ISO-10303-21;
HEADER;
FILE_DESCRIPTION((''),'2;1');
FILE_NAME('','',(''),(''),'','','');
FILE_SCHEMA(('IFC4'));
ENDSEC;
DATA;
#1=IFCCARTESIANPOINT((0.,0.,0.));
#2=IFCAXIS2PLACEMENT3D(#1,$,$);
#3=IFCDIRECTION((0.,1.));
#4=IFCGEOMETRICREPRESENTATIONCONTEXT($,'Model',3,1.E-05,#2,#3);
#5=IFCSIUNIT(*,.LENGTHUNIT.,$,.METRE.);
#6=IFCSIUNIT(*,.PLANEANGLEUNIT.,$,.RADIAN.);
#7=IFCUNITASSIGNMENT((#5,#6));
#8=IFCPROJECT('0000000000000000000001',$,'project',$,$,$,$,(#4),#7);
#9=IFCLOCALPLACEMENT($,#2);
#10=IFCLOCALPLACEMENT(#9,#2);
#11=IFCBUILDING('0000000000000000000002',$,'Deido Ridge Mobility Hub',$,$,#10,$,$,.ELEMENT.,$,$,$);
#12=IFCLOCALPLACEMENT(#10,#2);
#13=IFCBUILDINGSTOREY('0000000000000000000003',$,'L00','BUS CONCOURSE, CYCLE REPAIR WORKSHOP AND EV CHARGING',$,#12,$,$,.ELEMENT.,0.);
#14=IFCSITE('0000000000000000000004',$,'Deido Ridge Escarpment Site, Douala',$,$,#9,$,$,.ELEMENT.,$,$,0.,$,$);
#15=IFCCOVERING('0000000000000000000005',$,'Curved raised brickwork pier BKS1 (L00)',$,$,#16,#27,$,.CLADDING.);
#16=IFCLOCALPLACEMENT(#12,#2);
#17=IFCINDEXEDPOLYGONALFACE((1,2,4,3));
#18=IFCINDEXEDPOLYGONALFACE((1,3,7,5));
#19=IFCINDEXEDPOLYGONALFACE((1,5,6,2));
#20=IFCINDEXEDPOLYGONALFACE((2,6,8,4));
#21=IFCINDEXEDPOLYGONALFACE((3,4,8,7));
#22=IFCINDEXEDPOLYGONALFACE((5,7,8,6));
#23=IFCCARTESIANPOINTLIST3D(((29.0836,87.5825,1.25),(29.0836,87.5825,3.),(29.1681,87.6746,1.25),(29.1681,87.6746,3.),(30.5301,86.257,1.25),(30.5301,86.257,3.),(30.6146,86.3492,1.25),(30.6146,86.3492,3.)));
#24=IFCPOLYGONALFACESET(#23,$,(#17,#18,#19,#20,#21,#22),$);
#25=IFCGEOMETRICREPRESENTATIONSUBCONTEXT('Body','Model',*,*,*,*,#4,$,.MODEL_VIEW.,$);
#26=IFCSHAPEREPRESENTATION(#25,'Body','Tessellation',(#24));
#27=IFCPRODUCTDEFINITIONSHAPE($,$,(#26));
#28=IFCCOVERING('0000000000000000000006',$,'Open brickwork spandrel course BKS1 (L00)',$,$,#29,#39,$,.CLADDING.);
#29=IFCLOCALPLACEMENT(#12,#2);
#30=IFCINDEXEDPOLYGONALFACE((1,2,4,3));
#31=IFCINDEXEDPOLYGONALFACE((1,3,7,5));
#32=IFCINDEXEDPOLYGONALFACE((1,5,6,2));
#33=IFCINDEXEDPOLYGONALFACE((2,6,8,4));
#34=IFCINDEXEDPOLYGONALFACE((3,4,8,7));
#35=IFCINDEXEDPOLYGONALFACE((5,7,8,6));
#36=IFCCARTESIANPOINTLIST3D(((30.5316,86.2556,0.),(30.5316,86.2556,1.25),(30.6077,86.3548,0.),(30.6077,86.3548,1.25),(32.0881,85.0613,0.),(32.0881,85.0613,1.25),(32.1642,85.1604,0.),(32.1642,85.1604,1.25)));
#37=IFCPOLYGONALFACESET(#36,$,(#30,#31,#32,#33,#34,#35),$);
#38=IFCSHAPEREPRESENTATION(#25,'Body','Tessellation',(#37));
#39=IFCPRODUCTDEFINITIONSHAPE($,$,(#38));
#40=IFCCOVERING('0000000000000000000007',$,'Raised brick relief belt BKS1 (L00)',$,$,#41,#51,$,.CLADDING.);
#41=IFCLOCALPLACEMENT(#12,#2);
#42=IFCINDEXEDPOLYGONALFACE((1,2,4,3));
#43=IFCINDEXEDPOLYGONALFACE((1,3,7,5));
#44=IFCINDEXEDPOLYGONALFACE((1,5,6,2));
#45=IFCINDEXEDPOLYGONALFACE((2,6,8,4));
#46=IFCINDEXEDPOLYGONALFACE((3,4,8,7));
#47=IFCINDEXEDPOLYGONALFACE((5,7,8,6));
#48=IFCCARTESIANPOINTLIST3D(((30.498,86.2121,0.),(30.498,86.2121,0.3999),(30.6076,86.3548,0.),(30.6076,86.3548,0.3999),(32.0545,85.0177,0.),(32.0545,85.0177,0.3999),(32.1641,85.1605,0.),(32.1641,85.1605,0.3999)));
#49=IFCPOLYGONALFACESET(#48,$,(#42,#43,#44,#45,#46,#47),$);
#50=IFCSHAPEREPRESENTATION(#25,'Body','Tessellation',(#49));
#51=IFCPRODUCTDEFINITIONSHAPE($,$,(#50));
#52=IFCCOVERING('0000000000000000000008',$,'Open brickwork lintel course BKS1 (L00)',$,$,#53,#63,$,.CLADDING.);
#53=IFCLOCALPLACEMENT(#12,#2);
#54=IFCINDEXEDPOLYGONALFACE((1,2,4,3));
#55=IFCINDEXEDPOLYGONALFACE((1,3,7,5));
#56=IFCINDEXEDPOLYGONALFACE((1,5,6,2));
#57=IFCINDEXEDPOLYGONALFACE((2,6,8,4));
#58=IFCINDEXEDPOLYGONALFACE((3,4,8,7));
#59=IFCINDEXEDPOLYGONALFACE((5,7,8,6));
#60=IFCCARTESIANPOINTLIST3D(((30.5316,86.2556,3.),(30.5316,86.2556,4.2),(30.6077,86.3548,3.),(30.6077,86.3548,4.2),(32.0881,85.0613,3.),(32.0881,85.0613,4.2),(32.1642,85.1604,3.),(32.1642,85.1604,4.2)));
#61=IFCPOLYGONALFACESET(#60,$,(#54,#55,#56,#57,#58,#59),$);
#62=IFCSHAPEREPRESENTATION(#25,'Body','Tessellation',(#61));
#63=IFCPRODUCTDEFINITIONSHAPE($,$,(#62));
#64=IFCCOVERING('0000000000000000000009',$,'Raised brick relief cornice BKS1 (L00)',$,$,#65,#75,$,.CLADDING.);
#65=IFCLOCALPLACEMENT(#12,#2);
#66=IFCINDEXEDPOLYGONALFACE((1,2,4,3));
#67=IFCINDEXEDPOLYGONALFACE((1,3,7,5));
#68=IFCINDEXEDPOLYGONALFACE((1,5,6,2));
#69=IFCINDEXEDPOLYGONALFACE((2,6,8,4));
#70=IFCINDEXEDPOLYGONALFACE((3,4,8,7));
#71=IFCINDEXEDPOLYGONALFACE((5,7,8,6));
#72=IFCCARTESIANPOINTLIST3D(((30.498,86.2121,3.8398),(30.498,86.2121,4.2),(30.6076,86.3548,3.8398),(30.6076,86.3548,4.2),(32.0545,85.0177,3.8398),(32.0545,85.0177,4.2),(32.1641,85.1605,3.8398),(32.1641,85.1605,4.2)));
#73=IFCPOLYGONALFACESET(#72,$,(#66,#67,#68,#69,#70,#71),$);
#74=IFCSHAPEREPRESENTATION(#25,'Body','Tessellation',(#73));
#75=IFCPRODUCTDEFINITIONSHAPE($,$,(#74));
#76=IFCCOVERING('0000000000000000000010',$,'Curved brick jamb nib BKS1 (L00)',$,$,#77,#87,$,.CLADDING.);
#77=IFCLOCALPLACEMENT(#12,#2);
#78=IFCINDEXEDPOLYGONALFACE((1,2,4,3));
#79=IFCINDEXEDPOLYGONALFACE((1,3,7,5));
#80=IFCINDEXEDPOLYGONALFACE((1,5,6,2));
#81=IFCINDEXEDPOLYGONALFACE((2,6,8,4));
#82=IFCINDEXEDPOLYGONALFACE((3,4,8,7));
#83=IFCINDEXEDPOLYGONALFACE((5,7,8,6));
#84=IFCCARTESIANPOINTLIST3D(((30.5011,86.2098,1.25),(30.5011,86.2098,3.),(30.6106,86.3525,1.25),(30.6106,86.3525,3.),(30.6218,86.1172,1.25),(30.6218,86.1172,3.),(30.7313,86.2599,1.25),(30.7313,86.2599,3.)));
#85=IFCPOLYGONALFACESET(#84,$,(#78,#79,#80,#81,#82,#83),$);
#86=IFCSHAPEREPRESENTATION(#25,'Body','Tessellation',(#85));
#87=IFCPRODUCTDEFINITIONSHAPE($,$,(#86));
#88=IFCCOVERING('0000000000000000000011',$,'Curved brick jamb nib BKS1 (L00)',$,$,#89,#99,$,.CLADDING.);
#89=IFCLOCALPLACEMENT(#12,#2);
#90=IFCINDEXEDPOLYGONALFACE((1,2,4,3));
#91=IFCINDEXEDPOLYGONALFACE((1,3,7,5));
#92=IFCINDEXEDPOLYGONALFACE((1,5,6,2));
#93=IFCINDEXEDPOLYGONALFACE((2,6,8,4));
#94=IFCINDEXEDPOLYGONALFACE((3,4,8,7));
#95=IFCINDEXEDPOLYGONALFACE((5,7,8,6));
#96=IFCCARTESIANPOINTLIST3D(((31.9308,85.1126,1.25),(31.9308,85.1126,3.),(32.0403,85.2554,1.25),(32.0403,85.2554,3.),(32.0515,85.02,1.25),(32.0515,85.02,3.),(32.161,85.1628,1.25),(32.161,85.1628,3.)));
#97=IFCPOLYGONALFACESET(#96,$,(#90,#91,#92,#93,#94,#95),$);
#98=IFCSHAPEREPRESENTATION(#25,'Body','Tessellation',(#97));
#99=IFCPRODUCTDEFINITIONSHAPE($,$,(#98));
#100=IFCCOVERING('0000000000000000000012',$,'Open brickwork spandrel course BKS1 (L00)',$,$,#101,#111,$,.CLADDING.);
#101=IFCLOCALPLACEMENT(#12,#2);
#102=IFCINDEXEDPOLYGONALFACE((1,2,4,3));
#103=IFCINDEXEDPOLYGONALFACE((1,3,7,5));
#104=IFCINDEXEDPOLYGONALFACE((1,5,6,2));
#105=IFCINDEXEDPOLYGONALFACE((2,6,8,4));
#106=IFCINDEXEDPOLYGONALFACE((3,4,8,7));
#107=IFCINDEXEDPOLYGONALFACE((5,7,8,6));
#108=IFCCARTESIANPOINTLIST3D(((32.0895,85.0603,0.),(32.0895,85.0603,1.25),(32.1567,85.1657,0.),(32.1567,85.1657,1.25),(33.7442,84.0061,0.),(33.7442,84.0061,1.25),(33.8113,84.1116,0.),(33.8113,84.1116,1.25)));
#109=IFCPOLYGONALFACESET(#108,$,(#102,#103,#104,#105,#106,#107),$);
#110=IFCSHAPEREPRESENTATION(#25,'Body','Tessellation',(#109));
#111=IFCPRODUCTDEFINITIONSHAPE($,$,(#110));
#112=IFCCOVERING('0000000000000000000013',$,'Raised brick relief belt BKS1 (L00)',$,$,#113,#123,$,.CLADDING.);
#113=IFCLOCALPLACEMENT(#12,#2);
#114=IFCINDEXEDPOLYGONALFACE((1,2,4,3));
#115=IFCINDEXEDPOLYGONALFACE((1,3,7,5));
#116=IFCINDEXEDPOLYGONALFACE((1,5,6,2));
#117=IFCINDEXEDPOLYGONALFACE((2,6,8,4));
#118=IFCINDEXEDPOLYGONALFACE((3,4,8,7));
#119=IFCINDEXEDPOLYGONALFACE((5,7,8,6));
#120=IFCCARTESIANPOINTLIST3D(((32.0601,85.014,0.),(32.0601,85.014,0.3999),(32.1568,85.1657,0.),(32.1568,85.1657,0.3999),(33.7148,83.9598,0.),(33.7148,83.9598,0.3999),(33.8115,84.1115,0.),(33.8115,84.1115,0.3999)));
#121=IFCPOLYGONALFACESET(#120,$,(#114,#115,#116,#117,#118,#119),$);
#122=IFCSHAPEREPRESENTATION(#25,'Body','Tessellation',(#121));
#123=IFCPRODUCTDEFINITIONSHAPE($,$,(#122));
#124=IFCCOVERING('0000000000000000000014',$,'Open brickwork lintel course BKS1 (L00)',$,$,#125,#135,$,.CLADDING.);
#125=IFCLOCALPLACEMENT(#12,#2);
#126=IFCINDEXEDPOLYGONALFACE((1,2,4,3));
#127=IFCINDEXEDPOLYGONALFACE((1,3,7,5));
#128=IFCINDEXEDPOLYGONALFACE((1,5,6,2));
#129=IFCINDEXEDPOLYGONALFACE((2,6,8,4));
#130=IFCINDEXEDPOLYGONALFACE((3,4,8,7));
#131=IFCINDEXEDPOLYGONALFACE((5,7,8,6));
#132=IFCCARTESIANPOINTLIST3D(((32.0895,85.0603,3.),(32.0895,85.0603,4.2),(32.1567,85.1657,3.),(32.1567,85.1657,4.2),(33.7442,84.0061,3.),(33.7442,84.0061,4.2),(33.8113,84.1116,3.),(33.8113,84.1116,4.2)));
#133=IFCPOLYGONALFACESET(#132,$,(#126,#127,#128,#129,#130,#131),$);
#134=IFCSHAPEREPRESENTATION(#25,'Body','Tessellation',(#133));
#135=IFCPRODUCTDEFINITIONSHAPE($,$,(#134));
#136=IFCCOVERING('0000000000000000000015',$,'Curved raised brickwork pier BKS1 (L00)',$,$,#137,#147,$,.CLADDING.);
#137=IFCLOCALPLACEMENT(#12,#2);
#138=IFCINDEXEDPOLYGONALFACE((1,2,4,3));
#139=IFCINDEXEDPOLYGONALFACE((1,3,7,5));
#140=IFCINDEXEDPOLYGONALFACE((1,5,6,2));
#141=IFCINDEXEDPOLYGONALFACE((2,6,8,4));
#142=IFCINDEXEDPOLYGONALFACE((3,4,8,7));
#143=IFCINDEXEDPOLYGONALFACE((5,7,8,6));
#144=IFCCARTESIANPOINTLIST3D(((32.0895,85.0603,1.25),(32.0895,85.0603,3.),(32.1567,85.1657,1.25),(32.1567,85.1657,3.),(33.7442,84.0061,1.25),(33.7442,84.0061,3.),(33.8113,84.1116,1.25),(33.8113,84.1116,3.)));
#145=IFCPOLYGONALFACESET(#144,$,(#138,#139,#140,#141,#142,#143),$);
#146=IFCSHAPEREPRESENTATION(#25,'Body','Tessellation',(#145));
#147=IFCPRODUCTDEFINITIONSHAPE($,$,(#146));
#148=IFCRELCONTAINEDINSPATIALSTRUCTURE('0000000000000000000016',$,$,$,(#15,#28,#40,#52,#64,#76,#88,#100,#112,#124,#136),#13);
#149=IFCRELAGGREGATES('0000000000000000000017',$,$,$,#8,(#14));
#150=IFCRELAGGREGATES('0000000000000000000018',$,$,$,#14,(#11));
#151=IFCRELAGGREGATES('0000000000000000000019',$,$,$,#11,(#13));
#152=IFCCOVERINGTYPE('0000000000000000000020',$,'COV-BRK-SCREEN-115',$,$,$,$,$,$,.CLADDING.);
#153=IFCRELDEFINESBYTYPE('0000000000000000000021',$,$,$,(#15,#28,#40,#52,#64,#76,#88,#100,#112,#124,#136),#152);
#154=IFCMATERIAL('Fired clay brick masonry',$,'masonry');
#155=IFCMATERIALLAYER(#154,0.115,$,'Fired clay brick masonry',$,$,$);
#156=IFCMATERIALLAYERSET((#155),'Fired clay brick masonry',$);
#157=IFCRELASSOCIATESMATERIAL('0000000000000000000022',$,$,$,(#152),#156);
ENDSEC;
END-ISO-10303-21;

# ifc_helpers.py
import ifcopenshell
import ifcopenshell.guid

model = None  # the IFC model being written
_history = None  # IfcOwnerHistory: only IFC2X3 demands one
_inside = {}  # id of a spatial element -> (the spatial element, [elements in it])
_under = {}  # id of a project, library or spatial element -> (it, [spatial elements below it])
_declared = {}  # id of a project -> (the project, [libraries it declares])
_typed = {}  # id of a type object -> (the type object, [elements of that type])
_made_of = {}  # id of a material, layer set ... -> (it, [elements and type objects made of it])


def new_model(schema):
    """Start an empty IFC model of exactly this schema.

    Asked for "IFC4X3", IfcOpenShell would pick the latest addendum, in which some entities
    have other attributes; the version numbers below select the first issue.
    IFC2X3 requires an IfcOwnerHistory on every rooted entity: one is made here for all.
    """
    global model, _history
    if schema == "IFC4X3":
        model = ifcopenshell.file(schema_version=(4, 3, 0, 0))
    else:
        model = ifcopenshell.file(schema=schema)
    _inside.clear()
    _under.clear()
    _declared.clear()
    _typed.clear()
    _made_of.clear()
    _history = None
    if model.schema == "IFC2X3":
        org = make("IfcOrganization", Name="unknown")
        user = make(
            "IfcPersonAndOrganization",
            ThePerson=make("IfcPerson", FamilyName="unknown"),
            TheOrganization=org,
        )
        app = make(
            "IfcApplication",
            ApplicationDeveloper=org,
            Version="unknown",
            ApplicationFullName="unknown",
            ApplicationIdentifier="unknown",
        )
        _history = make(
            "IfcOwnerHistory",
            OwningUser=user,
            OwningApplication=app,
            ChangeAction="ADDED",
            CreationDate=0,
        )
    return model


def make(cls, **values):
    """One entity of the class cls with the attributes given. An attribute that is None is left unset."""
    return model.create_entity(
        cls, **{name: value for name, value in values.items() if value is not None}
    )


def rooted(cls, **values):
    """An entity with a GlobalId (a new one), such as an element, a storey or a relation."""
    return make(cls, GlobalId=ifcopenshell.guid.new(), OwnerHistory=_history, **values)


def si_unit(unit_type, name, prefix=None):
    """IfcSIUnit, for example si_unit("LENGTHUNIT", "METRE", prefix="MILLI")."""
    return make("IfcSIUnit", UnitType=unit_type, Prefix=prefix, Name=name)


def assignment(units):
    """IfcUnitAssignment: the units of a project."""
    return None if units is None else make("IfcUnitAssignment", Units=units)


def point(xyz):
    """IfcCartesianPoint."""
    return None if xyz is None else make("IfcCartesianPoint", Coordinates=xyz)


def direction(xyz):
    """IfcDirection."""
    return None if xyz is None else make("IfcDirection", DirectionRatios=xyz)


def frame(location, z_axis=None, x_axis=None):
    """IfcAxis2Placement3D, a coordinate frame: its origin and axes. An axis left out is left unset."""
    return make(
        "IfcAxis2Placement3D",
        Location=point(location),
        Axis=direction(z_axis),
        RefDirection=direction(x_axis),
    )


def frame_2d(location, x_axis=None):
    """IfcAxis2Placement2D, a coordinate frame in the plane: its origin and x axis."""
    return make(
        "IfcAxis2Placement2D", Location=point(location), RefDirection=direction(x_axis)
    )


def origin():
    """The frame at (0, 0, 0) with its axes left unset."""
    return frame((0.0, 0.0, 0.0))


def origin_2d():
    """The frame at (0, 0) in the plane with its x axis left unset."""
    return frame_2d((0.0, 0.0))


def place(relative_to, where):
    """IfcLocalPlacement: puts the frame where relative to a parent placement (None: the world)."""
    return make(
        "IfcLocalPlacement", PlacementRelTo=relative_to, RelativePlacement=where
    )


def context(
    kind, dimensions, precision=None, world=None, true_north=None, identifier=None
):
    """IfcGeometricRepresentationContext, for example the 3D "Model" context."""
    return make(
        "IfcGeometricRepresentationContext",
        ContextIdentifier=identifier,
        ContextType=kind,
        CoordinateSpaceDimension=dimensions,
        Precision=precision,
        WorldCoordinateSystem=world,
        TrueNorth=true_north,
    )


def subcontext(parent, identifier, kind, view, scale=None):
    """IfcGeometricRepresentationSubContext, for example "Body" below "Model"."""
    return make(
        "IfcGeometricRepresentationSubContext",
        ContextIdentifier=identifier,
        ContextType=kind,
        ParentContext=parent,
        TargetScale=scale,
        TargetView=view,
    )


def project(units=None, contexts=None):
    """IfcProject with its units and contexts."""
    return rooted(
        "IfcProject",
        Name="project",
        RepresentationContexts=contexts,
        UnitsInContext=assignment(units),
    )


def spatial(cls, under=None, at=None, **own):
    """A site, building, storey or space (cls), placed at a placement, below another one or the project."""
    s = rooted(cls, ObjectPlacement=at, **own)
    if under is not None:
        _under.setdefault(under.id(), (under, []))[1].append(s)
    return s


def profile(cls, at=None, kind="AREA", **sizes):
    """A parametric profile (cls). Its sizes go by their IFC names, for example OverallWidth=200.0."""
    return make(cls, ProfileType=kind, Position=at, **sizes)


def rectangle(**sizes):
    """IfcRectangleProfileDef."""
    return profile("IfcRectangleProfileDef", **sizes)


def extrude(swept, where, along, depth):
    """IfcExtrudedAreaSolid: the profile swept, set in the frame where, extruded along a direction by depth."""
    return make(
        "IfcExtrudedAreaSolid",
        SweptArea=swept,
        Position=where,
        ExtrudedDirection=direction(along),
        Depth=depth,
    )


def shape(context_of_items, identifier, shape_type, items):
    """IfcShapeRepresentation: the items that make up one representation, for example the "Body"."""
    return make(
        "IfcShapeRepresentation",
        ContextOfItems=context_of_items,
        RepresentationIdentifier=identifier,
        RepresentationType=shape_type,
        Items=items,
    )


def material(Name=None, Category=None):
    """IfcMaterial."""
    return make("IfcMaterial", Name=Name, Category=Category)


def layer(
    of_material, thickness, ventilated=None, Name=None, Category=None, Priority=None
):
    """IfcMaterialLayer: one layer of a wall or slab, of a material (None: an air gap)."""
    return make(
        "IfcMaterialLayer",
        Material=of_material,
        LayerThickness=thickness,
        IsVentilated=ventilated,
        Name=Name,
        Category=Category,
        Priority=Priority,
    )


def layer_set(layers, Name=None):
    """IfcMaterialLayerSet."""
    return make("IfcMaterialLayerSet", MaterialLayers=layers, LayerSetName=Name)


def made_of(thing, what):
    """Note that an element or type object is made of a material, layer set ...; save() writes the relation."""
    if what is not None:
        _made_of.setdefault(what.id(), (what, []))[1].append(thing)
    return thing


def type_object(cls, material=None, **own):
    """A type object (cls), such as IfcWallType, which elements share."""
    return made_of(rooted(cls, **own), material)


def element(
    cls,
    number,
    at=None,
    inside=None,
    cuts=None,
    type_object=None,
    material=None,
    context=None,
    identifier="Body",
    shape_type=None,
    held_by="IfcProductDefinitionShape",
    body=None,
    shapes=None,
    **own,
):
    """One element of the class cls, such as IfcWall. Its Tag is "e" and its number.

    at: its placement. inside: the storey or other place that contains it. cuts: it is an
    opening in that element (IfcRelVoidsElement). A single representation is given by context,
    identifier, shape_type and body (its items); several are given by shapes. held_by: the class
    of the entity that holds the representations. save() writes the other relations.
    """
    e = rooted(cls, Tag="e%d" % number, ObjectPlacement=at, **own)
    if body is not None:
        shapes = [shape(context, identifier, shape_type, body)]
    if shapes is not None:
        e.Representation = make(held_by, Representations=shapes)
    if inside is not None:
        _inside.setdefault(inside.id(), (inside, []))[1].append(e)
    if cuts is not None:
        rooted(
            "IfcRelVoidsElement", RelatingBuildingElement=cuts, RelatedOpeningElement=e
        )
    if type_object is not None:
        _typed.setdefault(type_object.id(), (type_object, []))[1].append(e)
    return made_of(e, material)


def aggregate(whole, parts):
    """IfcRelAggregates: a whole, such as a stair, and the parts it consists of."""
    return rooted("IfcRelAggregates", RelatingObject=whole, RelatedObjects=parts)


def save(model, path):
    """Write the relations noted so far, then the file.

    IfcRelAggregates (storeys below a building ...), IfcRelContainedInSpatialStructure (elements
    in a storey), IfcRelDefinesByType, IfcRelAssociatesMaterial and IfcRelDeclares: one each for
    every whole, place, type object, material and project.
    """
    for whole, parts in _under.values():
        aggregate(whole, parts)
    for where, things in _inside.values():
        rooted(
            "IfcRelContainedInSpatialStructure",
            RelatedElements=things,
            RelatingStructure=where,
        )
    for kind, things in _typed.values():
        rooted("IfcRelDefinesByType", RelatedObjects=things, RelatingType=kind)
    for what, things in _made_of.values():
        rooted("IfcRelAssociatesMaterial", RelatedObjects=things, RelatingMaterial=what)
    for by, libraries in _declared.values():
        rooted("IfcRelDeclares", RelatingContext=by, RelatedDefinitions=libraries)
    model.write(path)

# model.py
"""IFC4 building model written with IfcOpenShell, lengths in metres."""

from ifc_helpers import new_model, si_unit, direction, frame, origin, origin_2d, place, context, subcontext, project, spatial, rectangle, extrude, material, layer, layer_set, type_object, element, save


model = new_model("IFC4")

# Units and contexts
model_context = context("Model", 3, precision=1e-05, world=origin(), true_north=direction((0.0, 1.0)))
body_context = subcontext(model_context, "Body", "Model", "MODEL_VIEW")
ifc_project = project(units=[si_unit("LENGTHUNIT", "METRE"), si_unit("PLANEANGLEUNIT", "RADIAN")], contexts=[model_context])

# Site, building, storey
site_placement = place(None, origin())
site = spatial("IfcSite", under=ifc_project, at=site_placement, Name="Deido Ridge Escarpment Site, Douala", CompositionType="ELEMENT", RefElevation=0.0)
building_placement = place(site_placement, origin())
building = spatial("IfcBuilding", under=site, at=building_placement, Name="Deido Ridge Mobility Hub", CompositionType="ELEMENT")
storey_placement = place(building_placement, origin())
storey = spatial("IfcBuildingStorey", under=building, at=storey_placement, Name="L00", Description="BUS CONCOURSE, CYCLE REPAIR WORKSHOP AND EV CHARGING", CompositionType="ELEMENT", Elevation=0.0)

# Coverings
ifc_material_1 = material(Name="Fired clay brick masonry", Category="masonry")
ifc_layer_1 = layer(ifc_material_1, 0.115, Name="Fired clay brick masonry")
ifc_layer_set_1 = layer_set([ifc_layer_1], Name="Fired clay brick masonry")
covering_type = type_object("IfcCoveringType", Name="COV-BRK-SCREEN-115", PredefinedType="CLADDING", material=ifc_layer_set_1)
covering_1_placement = place(storey_placement, frame((29.8491, 86.9658, 1.25), z_axis=(0.0, 0.0, 1.0), x_axis=(0.737289, -0.675577, 0.0)))
element("IfcCovering", 1, at=covering_1_placement, inside=storey, type_object=covering_type, Name="Curved raised brickwork pier BKS1 (L00)", PredefinedType="CLADDING", context=body_context, shape_type="SweptSolid", body=[
    extrude(rectangle(XDim=1.9619, YDim=0.125, at=origin_2d()), origin(), (0.0, 0.0, 1.0), 1.75),
])
covering_2_placement = place(storey_placement, frame((31.3479, 85.708, 0.0), z_axis=(0.0, 0.0, 1.0), x_axis=(0.793353, -0.608761, 0.0)))
element("IfcCovering", 2, at=covering_2_placement, inside=storey, type_object=covering_type, Name="Open brickwork spandrel course BKS1 (L00)", PredefinedType="CLADDING", context=body_context, shape_type="SweptSolid", body=[
    extrude(rectangle(XDim=1.9619, YDim=0.125, at=origin_2d()), origin(), (0.0, 0.0, 1.0), 1.25),
])
covering_3_placement = place(storey_placement, frame((31.3311, 85.6863, 0.0), z_axis=(0.0, 0.0, 1.0), x_axis=(0.793353, -0.608761, 0.0)))
element("IfcCovering", 3, at=covering_3_placement, inside=storey, type_object=covering_type, Name="Raised brick relief belt BKS1 (L00)", PredefinedType="CLADDING", context=body_context, shape_type="SweptSolid", body=[
    extrude(rectangle(XDim=1.9619, YDim=0.1799, at=origin_2d()), origin(), (0.0, 0.0, 1.0), 0.3999),
])
covering_4_placement = place(storey_placement, frame((31.3479, 85.708, 3.0), z_axis=(0.0, 0.0, 1.0), x_axis=(0.793353, -0.608761, 0.0)))
element("IfcCovering", 4, at=covering_4_placement, inside=storey, type_object=covering_type, Name="Open brickwork lintel course BKS1 (L00)", PredefinedType="CLADDING", context=body_context, shape_type="SweptSolid", body=[
    extrude(rectangle(XDim=1.9619, YDim=0.125, at=origin_2d()), origin(), (0.0, 0.0, 1.0), 1.2),
])
covering_5_placement = place(storey_placement, frame((31.3311, 85.6863, 3.8398), z_axis=(0.0, 0.0, 1.0), x_axis=(0.793353, -0.608761, 0.0)))
element("IfcCovering", 5, at=covering_5_placement, inside=storey, type_object=covering_type, Name="Raised brick relief cornice BKS1 (L00)", PredefinedType="CLADDING", context=body_context, shape_type="SweptSolid", body=[
    extrude(rectangle(XDim=1.9619, YDim=0.1799, at=origin_2d()), origin(), (0.0, 0.0, 1.0), 0.3601),
])
for number, where, z_axis, x_axis, name in (
    (6, (30.6162, 86.2349, 1.25), (0.0, 0.0, 1.0), (0.793353, -0.608761, 0.0), "Curved brick jamb nib BKS1 (L00)"),
    (7, (32.0459, 85.1377, 1.25), (0.0, 0.0, 1.0), (0.793353, -0.608761, 0.0), "Curved brick jamb nib BKS1 (L00)"),
):
    element("IfcCovering", number, at=place(storey_placement, frame(where, z_axis=z_axis, x_axis=x_axis)), inside=storey, type_object=covering_type, Name=name, PredefinedType="CLADDING", context=body_context, shape_type="SweptSolid", body=[
        extrude(rectangle(XDim=0.1521, YDim=0.1799, at=origin_2d()), origin(), (0.0, 0.0, 1.0), 1.75),
    ])
covering_6_placement = place(storey_placement, frame((32.9504, 84.5859, 0.0), z_axis=(0.0, 0.0, 1.0), x_axis=(0.843382, -0.537314, 0.0)))
element("IfcCovering", 8, at=covering_6_placement, inside=storey, type_object=covering_type, Name="Open brickwork spandrel course BKS1 (L00)", PredefinedType="CLADDING", context=body_context, shape_type="SweptSolid", body=[
    extrude(rectangle(XDim=1.9619, YDim=0.125, at=origin_2d()), origin(), (0.0, 0.0, 1.0), 1.25),
])
covering_7_placement = place(storey_placement, frame((32.9358, 84.5627, 0.0), z_axis=(0.0, 0.0, 1.0), x_axis=(0.843382, -0.537314, 0.0)))
element("IfcCovering", 9, at=covering_7_placement, inside=storey, type_object=covering_type, Name="Raised brick relief belt BKS1 (L00)", PredefinedType="CLADDING", context=body_context, shape_type="SweptSolid", body=[
    extrude(rectangle(XDim=1.9619, YDim=0.1799, at=origin_2d()), origin(), (0.0, 0.0, 1.0), 0.3999),
])
covering_8_placement = place(storey_placement, frame((32.9504, 84.5859, 3.0), z_axis=(0.0, 0.0, 1.0), x_axis=(0.843382, -0.537314, 0.0)))
element("IfcCovering", 10, at=covering_8_placement, inside=storey, type_object=covering_type, Name="Open brickwork lintel course BKS1 (L00)", PredefinedType="CLADDING", context=body_context, shape_type="SweptSolid", body=[
    extrude(rectangle(XDim=1.9619, YDim=0.125, at=origin_2d()), origin(), (0.0, 0.0, 1.0), 1.2),
])
covering_9_placement = place(storey_placement, frame((32.9504, 84.5859, 1.25), z_axis=(0.0, 0.0, 1.0), x_axis=(0.843382, -0.537314, 0.0)))
element("IfcCovering", 11, at=covering_9_placement, inside=storey, type_object=covering_type, Name="Curved raised brickwork pier BKS1 (L00)", PredefinedType="CLADDING", context=body_context, shape_type="SweptSolid", body=[
    extrude(rectangle(XDim=1.9619, YDim=0.125, at=origin_2d()), origin(), (0.0, 0.0, 1.0), 1.75),
])

save(model, "model.ifc")
